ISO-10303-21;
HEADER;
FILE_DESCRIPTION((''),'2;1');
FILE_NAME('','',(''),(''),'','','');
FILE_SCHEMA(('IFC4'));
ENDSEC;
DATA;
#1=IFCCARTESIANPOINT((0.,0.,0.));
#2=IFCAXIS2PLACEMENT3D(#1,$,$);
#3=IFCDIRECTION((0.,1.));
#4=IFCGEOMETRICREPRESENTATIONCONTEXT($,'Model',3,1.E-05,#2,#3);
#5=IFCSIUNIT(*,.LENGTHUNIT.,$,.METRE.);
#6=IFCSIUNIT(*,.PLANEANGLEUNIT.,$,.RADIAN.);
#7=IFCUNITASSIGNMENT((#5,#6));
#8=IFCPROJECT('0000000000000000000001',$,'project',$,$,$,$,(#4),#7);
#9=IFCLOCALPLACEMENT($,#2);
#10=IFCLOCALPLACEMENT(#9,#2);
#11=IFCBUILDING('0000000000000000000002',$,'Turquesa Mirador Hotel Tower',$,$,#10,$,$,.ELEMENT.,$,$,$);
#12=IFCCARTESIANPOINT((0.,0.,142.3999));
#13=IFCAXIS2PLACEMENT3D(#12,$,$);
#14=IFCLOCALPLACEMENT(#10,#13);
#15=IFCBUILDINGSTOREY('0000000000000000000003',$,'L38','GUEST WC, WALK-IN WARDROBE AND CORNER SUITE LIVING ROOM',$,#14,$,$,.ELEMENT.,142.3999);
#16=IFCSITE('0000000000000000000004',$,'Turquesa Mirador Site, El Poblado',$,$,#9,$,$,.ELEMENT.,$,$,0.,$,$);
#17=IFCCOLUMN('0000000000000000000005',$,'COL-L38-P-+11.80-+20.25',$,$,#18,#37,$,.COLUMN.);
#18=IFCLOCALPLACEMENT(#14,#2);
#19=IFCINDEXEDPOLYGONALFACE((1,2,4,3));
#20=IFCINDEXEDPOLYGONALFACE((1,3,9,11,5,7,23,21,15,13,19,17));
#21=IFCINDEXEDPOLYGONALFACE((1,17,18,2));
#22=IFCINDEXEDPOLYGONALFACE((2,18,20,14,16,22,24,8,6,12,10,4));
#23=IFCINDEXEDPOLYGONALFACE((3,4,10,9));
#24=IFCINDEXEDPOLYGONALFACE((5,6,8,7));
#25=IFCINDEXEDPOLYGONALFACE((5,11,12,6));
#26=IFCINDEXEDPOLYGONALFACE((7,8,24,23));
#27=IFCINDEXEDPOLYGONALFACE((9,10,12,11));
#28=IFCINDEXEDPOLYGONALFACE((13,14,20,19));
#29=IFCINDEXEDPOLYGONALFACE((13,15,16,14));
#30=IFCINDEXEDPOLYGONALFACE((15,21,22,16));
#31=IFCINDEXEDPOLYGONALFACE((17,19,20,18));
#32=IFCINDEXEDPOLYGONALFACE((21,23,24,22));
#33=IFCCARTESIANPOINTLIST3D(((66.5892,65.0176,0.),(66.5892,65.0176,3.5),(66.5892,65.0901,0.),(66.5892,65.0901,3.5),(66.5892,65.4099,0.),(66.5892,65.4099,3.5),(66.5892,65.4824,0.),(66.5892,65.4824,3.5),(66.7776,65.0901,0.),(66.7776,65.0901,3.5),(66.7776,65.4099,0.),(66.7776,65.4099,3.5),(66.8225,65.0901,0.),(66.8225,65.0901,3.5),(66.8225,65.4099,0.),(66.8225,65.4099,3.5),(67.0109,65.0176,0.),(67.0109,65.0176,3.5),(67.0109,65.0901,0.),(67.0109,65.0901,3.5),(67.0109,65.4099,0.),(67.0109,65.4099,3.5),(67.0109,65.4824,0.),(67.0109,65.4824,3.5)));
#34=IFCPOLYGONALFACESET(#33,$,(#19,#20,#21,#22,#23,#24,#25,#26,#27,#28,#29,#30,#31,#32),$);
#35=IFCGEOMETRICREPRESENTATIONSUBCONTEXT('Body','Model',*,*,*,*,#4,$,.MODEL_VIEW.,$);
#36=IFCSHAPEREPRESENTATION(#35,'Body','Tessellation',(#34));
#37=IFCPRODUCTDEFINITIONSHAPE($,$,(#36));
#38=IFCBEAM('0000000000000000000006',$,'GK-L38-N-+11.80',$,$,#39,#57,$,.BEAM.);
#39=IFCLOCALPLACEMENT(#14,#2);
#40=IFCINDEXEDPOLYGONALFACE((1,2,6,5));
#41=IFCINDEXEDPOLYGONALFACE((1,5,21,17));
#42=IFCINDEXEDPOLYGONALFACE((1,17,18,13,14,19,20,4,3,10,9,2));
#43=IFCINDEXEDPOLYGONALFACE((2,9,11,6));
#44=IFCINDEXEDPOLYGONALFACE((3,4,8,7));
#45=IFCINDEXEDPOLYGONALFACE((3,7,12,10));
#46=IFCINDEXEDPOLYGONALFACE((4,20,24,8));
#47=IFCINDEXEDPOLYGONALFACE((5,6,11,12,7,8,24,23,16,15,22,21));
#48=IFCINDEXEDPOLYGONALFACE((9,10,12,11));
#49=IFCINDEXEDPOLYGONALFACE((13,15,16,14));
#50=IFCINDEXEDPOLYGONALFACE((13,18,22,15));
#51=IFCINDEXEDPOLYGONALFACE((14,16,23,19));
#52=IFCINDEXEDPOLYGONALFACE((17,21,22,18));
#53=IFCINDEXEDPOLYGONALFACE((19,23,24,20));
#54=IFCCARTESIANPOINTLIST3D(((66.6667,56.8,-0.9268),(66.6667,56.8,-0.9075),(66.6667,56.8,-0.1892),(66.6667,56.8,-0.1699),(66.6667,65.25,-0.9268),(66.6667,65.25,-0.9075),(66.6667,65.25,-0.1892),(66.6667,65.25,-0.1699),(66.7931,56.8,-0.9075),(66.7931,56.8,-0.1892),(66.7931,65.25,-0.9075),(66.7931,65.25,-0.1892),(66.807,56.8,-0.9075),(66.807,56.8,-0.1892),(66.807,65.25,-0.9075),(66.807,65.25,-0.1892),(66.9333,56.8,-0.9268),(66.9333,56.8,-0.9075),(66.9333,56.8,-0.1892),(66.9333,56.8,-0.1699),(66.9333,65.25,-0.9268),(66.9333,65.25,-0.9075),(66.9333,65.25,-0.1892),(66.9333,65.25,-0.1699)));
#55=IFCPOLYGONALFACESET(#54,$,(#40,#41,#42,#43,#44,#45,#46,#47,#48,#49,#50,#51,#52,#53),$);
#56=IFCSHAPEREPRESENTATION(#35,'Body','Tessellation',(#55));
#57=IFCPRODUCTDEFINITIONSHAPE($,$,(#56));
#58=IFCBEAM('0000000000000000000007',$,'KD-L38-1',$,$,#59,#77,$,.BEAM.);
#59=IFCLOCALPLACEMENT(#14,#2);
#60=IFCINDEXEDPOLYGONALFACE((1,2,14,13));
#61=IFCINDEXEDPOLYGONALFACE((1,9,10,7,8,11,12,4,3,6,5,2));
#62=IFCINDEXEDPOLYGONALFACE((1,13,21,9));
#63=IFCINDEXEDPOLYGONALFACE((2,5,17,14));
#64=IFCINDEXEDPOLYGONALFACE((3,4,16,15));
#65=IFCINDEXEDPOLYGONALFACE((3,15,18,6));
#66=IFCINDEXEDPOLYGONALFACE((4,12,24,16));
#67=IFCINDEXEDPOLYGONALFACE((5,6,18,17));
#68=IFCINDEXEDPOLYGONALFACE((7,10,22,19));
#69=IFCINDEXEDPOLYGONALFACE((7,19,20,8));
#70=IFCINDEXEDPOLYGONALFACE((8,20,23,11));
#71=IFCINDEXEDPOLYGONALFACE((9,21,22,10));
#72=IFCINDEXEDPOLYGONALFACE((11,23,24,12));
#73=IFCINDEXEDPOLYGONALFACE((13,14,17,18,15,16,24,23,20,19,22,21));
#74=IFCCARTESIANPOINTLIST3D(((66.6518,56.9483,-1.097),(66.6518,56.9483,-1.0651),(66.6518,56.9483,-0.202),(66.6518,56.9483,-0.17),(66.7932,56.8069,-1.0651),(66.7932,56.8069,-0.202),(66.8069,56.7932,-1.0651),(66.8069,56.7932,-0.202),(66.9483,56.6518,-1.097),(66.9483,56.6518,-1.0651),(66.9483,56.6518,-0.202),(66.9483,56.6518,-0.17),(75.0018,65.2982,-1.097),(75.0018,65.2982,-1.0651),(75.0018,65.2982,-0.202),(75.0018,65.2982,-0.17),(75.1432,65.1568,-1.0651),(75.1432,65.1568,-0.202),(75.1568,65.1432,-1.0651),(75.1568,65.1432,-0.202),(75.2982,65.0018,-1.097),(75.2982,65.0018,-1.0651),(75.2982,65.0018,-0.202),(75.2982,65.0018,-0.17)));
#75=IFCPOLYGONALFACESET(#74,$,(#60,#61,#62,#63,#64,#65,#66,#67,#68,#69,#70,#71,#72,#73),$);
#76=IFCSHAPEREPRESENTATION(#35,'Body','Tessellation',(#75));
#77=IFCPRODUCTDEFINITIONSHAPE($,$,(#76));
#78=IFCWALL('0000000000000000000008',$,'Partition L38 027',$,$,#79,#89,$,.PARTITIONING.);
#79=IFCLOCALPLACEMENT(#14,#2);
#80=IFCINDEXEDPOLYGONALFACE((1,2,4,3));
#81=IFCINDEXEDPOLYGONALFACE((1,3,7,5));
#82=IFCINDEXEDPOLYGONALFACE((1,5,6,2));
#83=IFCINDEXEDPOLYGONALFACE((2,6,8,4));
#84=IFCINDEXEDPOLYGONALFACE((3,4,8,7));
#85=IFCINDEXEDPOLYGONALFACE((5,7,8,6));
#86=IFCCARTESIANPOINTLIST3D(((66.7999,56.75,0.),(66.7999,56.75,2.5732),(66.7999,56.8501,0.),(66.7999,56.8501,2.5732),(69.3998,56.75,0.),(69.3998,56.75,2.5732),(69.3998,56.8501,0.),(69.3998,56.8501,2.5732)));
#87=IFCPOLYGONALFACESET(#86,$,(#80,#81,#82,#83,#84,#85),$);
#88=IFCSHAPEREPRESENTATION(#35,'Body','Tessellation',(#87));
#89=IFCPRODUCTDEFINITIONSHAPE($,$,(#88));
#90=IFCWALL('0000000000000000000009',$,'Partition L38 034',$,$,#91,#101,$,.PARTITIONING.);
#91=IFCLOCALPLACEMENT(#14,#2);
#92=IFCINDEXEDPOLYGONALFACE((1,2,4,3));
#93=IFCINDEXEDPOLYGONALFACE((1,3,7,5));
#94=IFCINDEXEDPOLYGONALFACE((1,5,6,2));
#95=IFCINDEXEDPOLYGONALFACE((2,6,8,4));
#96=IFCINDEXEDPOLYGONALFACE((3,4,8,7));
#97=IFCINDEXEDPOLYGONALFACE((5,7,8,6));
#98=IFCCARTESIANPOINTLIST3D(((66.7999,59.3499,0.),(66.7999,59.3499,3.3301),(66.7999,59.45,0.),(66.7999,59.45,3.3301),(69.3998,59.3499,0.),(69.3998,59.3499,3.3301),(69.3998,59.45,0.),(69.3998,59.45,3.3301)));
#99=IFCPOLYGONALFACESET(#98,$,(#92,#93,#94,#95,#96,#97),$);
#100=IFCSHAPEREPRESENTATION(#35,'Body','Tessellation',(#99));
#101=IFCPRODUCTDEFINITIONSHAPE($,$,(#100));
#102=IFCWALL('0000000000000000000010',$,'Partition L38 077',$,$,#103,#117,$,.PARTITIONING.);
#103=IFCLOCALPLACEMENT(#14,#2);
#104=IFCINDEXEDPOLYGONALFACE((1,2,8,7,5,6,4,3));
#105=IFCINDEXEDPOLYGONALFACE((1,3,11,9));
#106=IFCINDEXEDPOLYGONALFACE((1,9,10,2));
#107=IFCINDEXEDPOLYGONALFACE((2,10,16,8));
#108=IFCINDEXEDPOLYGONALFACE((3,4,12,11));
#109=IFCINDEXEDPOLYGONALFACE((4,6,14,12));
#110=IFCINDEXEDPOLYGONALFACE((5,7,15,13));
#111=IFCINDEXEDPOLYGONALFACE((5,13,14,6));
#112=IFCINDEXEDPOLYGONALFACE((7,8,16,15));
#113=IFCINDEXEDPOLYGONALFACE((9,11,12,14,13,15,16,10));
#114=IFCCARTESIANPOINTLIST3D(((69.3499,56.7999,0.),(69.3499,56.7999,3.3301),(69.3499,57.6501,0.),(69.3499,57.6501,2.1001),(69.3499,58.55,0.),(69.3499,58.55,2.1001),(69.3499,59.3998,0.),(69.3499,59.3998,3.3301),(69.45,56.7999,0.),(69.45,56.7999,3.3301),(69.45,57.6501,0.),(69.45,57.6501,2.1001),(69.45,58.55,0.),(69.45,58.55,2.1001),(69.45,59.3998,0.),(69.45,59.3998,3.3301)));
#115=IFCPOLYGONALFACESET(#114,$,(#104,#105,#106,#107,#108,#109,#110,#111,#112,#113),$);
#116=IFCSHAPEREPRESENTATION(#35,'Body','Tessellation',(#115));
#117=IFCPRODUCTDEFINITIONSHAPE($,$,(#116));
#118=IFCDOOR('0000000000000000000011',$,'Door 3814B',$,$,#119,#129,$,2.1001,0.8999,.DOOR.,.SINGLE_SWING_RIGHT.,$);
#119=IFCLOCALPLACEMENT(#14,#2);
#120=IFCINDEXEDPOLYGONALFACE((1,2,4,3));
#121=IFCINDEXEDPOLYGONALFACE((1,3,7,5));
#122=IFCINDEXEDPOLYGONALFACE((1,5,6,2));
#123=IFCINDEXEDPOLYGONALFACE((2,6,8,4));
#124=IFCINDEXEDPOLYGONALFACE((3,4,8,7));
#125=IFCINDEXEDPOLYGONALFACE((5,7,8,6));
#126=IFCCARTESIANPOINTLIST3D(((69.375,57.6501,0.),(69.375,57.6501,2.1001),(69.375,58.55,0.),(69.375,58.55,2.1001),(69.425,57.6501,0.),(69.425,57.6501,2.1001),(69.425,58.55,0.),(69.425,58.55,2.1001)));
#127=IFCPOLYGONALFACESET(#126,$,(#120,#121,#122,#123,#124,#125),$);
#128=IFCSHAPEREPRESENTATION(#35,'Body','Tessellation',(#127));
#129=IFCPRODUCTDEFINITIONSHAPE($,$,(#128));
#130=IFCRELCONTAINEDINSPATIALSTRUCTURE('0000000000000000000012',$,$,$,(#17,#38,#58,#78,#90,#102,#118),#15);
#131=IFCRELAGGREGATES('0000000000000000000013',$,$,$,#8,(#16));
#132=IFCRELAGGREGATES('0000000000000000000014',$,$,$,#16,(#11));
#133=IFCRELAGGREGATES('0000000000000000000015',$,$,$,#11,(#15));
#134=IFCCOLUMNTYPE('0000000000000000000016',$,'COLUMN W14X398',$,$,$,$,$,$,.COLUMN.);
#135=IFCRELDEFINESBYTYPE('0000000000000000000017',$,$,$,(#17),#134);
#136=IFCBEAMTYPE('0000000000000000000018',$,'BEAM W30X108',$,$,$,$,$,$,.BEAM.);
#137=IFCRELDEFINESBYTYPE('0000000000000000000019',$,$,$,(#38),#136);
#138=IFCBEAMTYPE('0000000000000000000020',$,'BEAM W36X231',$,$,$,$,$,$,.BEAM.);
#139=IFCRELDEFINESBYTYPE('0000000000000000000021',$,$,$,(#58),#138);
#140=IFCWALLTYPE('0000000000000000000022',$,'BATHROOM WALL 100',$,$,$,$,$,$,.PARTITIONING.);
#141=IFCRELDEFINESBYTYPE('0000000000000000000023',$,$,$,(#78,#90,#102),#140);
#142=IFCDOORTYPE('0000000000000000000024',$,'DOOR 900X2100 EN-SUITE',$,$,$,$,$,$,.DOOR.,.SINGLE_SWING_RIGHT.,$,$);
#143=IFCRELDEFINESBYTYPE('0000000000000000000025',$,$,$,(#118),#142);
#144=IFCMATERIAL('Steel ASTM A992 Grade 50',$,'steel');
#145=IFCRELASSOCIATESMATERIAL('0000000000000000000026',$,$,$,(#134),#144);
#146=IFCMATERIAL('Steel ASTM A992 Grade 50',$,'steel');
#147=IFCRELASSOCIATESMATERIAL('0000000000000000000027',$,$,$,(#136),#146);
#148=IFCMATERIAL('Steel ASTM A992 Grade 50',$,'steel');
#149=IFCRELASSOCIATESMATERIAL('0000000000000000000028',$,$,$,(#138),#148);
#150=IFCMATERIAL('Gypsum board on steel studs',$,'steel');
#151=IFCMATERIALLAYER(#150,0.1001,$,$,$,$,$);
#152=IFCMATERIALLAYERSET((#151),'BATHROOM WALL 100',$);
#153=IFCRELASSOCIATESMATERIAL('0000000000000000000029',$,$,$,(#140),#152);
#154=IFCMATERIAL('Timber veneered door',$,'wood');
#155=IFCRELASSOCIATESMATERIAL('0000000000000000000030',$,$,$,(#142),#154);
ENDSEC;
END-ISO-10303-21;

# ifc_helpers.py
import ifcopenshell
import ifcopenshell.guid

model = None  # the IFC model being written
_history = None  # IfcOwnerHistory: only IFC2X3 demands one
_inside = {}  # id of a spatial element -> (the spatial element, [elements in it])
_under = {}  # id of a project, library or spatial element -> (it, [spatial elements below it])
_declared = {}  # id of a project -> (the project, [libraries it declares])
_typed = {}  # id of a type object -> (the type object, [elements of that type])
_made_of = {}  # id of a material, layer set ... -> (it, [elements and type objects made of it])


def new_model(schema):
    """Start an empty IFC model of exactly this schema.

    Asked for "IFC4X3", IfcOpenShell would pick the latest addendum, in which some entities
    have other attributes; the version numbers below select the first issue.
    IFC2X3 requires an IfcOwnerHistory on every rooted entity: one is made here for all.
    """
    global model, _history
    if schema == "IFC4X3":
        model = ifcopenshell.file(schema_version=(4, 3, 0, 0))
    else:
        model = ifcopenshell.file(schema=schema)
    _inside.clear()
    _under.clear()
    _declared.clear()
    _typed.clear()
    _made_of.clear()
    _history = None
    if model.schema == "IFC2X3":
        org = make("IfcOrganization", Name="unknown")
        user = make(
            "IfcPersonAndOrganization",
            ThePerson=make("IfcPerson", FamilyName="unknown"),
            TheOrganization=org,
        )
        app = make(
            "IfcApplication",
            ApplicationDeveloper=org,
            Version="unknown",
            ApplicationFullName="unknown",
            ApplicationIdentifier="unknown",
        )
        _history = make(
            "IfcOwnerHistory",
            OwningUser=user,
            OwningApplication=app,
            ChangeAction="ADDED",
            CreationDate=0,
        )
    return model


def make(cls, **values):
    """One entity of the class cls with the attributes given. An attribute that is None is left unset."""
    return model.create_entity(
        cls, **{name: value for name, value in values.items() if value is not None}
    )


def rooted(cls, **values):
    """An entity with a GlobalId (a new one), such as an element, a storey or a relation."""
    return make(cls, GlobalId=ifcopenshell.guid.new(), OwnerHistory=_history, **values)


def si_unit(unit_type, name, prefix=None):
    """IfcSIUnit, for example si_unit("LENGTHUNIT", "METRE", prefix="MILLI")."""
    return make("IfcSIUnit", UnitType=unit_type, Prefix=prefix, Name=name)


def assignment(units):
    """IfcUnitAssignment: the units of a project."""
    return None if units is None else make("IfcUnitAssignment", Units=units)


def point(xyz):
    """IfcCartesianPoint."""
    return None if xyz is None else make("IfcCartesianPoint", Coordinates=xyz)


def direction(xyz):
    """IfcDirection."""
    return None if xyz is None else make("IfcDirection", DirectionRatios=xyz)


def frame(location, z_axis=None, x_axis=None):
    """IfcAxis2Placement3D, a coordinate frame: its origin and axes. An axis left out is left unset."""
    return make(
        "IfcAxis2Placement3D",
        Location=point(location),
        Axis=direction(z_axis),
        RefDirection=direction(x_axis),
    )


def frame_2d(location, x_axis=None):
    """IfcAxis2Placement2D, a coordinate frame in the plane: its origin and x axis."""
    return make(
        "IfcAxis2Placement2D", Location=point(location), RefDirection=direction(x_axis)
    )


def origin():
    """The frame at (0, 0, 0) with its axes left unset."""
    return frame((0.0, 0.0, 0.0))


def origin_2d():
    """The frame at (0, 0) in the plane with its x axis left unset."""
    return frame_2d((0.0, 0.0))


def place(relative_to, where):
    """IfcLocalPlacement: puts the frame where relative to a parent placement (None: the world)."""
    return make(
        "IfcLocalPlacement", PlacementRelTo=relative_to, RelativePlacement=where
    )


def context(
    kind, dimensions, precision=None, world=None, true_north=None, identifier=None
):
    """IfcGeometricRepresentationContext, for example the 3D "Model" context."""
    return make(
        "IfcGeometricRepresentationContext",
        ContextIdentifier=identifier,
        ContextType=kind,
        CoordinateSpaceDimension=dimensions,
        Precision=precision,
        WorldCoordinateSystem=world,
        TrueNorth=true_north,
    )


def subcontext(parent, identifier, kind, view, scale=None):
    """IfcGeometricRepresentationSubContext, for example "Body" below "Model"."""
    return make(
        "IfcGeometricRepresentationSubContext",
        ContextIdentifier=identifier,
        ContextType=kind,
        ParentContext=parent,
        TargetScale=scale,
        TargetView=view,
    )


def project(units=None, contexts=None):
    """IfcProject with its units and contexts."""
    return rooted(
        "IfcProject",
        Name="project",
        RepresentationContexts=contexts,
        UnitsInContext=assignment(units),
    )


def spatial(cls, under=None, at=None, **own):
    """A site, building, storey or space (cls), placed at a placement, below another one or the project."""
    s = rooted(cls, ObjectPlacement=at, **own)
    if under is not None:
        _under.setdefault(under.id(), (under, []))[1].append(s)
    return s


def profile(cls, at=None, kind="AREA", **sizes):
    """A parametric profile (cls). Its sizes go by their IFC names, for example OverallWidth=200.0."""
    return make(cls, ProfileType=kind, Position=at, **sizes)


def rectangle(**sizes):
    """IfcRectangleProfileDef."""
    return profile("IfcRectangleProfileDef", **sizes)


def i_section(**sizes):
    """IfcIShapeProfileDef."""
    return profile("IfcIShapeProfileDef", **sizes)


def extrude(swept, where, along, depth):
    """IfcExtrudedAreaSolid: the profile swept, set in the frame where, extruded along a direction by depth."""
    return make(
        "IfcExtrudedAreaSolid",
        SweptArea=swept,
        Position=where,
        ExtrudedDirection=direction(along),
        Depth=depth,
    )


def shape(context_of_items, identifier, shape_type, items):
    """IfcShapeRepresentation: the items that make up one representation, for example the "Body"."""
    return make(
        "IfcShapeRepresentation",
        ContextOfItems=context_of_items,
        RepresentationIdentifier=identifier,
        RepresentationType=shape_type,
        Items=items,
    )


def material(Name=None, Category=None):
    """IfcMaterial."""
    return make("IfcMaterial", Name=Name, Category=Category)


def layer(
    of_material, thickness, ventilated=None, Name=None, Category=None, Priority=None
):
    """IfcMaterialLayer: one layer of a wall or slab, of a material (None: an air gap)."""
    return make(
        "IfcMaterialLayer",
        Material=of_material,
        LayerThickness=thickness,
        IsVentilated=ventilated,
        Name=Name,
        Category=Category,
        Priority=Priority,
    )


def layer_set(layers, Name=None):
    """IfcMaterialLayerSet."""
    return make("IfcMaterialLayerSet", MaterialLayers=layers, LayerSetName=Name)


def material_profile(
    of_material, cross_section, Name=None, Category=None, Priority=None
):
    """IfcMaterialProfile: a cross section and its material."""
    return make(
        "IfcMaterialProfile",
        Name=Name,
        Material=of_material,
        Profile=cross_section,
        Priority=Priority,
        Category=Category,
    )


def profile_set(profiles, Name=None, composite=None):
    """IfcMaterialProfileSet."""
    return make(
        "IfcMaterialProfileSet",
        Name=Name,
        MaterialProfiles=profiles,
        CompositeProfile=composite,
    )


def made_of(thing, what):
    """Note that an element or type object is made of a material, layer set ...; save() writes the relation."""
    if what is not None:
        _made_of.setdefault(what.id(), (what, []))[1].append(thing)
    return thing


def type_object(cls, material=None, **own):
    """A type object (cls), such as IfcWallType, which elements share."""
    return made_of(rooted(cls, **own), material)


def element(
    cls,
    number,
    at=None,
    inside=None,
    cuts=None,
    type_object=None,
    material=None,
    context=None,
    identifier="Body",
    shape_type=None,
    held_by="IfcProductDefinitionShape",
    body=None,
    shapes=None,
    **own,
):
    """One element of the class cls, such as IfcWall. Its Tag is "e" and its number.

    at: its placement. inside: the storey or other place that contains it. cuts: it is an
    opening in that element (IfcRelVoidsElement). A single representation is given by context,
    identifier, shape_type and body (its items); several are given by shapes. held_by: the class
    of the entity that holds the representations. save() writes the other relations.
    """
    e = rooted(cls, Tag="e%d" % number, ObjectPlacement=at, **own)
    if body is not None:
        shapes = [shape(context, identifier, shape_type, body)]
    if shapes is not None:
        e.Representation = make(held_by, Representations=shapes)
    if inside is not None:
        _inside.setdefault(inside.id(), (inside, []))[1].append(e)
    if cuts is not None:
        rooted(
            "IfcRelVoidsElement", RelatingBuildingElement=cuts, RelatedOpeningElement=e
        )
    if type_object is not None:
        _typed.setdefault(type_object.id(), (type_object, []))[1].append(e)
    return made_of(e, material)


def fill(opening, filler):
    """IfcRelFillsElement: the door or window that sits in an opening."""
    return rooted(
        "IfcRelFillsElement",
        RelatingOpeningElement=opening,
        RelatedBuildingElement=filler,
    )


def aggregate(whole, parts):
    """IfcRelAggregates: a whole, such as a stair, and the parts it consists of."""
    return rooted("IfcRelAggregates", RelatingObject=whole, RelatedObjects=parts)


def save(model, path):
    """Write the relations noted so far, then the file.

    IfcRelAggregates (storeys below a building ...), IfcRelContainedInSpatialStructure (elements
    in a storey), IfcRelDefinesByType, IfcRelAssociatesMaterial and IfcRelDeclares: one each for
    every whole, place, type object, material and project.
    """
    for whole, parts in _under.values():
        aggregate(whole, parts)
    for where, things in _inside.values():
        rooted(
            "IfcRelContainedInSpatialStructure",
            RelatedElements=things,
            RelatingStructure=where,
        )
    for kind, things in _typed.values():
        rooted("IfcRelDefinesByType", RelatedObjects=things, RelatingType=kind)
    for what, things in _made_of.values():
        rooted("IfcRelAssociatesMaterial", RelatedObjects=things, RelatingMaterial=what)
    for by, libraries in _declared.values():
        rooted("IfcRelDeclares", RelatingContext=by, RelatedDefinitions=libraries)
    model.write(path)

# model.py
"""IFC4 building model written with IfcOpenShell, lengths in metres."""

from ifc_helpers import new_model, si_unit, direction, frame, frame_2d, origin, origin_2d, place, context, subcontext, project, spatial, rectangle, i_section, extrude, material, layer, layer_set, material_profile, profile_set, type_object, element, fill, save


model = new_model("IFC4")

# Units and contexts
model_context = context("Model", 3, precision=1e-05, world=origin(), true_north=direction((0.0, 1.0)))
body_context = subcontext(model_context, "Body", "Model", "MODEL_VIEW")
ifc_project = project(units=[si_unit("LENGTHUNIT", "METRE"), si_unit("PLANEANGLEUNIT", "RADIAN")], contexts=[model_context])

# Site, building, storey
site_placement = place(None, origin())
site = spatial("IfcSite", under=ifc_project, at=site_placement, Name="Turquesa Mirador Site, El Poblado", CompositionType="ELEMENT", RefElevation=0.0)
building_placement = place(site_placement, origin())
building = spatial("IfcBuilding", under=site, at=building_placement, Name="Turquesa Mirador Hotel Tower", CompositionType="ELEMENT")
storey_placement = place(building_placement, frame((0.0, 0.0, 142.3999)))
storey = spatial("IfcBuildingStorey", under=building, at=storey_placement, Name="L38", Description="GUEST WC, WALK-IN WARDROBE AND CORNER SUITE LIVING ROOM", CompositionType="ELEMENT", Elevation=142.3999)

# Column
ifc_material_1 = material(Name="Steel ASTM A992 Grade 50", Category="steel")
ifc_material_profile_1 = material_profile(ifc_material_1, i_section(OverallWidth=0.4216, OverallDepth=0.4648, WebThickness=0.0449, FlangeThickness=0.0725, at=origin_2d()), Name="W14X398")
ifc_profile_set_1 = profile_set([ifc_material_profile_1], Name="Steel ASTM A992 Grade 50")
column_type = type_object("IfcColumnType", Name="COLUMN W14X398", PredefinedType="COLUMN", material=ifc_profile_set_1)
column_placement = place(storey_placement, frame((66.8, 65.25, 0.0), z_axis=(0.0, 0.0, 1.0), x_axis=(1.0, 0.0, 0.0)))
element("IfcColumn", 1, at=column_placement, inside=storey, type_object=column_type, Name="COL-L38-P-+11.80-+20.25", PredefinedType="COLUMN", context=body_context, shape_type="SweptSolid", body=[
    extrude(i_section(OverallWidth=0.4216, OverallDepth=0.4648, WebThickness=0.0449, FlangeThickness=0.0725, at=origin_2d()), origin(), (0.0, 0.0, 1.0), 3.5),
])

# Beams
ifc_material_2 = material(Name="Steel ASTM A992 Grade 50", Category="steel")
ifc_material_profile_2 = material_profile(ifc_material_2, i_section(OverallWidth=0.2666, OverallDepth=0.7568, WebThickness=0.0139, FlangeThickness=0.0193, at=origin_2d()), Name="W30X108")
ifc_profile_set_2 = profile_set([ifc_material_profile_2], Name="Steel ASTM A992 Grade 50")
beam_type_1 = type_object("IfcBeamType", Name="BEAM W30X108", PredefinedType="BEAM", material=ifc_profile_set_2)
beam_1_placement = place(storey_placement, frame((66.8, 65.25, -0.5483), z_axis=(0.0, -1.0, 0.0), x_axis=(1.0, 0.0, 0.0)))
element("IfcBeam", 2, at=beam_1_placement, inside=storey, type_object=beam_type_1, Name="GK-L38-N-+11.80", PredefinedType="BEAM", context=body_context, shape_type="SweptSolid", body=[
    extrude(i_section(OverallWidth=0.2666, OverallDepth=0.7568, WebThickness=0.0139, FlangeThickness=0.0193, at=origin_2d()), origin(), (0.0, 0.0, 1.0), 8.45),
])
ifc_material_3 = material(Name="Steel ASTM A992 Grade 50", Category="steel")
ifc_material_profile_3 = material_profile(ifc_material_3, i_section(OverallWidth=0.4192, OverallDepth=0.927, WebThickness=0.0193, FlangeThickness=0.032, at=origin_2d()), Name="W36X231")
ifc_profile_set_3 = profile_set([ifc_material_profile_3], Name="Steel ASTM A992 Grade 50")
beam_type_2 = type_object("IfcBeamType", Name="BEAM W36X231", PredefinedType="BEAM", material=ifc_profile_set_3)
beam_2_placement = place(storey_placement, frame((66.8, 56.8, -0.6335), z_axis=(0.707107, 0.707107, 0.0), x_axis=(-0.707107, 0.707107, 0.0)))
element("IfcBeam", 3, at=beam_2_placement, inside=storey, type_object=beam_type_2, Name="KD-L38-1", PredefinedType="BEAM", context=body_context, shape_type="SweptSolid", body=[
    extrude(i_section(OverallWidth=0.4192, OverallDepth=0.927, WebThickness=0.0193, FlangeThickness=0.032, at=origin_2d()), origin(), (0.0, 0.0, 1.0), 11.8086),
])

# Walls
ifc_material_4 = material(Name="Gypsum board on steel studs", Category="steel")
ifc_layer_1 = layer(ifc_material_4, 0.1001)
ifc_layer_set_1 = layer_set([ifc_layer_1], Name="BATHROOM WALL 100")
wall_type_1 = type_object("IfcWallType", Name="BATHROOM WALL 100", PredefinedType="PARTITIONING", material=ifc_layer_set_1)
wall_1_placement = place(storey_placement, frame((66.8, 56.8, 0.0), z_axis=(0.0, 0.0, 1.0), x_axis=(1.0, 0.0, 0.0)))
element("IfcWall", 4, at=wall_1_placement, inside=storey, type_object=wall_type_1, Name="Partition L38 027", PredefinedType="PARTITIONING", context=body_context, shape_type="SweptSolid", body=[
    extrude(rectangle(XDim=2.5999, YDim=0.1001, at=frame_2d((1.2998, 0.0))), origin(), (0.0, 0.0, 1.0), 2.5732),
])
wall_2_placement = place(storey_placement, frame((66.8, 59.3999, 0.0), z_axis=(0.0, 0.0, 1.0), x_axis=(1.0, 0.0, 0.0)))
element("IfcWall", 5, at=wall_2_placement, inside=storey, type_object=wall_type_1, Name="Partition L38 034", PredefinedType="PARTITIONING", context=body_context, shape_type="SweptSolid", body=[
    extrude(rectangle(XDim=2.5999, YDim=0.1001, at=frame_2d((1.2998, 0.0))), origin(), (0.0, 0.0, 1.0), 3.3301),
])

# Wall, opening, door
wall_3_placement = place(storey_placement, frame((69.3999, 56.8, 0.0), z_axis=(0.0, 0.0, 1.0), x_axis=(0.0, 1.0, 0.0)))
wall_3 = element("IfcWall", 6, at=wall_3_placement, inside=storey, type_object=wall_type_1, Name="Partition L38 077", PredefinedType="PARTITIONING", context=body_context, shape_type="SweptSolid", body=[
    extrude(rectangle(XDim=2.5999, YDim=0.1001, at=frame_2d((1.2998, 0.0))), origin(), (0.0, 0.0, 1.0), 3.3301),
])
opening_1_placement = place(wall_3_placement, frame((0.8501, 0.0, 0.0)))
opening_1 = element("IfcOpeningElement", 7, at=opening_1_placement, cuts=wall_3, PredefinedType="OPENING", context=body_context, shape_type="SweptSolid", body=[
    extrude(rectangle(XDim=0.8999, YDim=2.1001, at=frame_2d((0.45, 1.05))), frame((0.0, 0.0601, 0.0), z_axis=(0.0, -1.0, 0.0), x_axis=(1.0, 0.0, 0.0)), (0.0, 0.0, 1.0), 0.1201),
])
ifc_material_5 = material(Name="Timber veneered door", Category="wood")
door_type_1 = type_object("IfcDoorType", Name="DOOR 900X2100 EN-SUITE", OperationType="SINGLE_SWING_RIGHT", PredefinedType="DOOR", material=ifc_material_5)
door_1_placement = place(opening_1_placement, origin())
door_1 = element("IfcDoor", 8, at=door_1_placement, inside=storey, type_object=door_type_1, Name="Door 3814B", OperationType="SINGLE_SWING_RIGHT", OverallHeight=2.1001, OverallWidth=0.8999, PredefinedType="DOOR", context=body_context, shape_type="SweptSolid", body=[
    extrude(rectangle(XDim=0.8999, YDim=2.1001, at=frame_2d((0.45, 1.05))), frame((0.0, 0.0249, 0.0), z_axis=(0.0, -1.0, 0.0), x_axis=(1.0, 0.0, 0.0)), (0.0, 0.0, 1.0), 0.05),
])
fill(opening_1, door_1)

save(model, "model.ifc")
